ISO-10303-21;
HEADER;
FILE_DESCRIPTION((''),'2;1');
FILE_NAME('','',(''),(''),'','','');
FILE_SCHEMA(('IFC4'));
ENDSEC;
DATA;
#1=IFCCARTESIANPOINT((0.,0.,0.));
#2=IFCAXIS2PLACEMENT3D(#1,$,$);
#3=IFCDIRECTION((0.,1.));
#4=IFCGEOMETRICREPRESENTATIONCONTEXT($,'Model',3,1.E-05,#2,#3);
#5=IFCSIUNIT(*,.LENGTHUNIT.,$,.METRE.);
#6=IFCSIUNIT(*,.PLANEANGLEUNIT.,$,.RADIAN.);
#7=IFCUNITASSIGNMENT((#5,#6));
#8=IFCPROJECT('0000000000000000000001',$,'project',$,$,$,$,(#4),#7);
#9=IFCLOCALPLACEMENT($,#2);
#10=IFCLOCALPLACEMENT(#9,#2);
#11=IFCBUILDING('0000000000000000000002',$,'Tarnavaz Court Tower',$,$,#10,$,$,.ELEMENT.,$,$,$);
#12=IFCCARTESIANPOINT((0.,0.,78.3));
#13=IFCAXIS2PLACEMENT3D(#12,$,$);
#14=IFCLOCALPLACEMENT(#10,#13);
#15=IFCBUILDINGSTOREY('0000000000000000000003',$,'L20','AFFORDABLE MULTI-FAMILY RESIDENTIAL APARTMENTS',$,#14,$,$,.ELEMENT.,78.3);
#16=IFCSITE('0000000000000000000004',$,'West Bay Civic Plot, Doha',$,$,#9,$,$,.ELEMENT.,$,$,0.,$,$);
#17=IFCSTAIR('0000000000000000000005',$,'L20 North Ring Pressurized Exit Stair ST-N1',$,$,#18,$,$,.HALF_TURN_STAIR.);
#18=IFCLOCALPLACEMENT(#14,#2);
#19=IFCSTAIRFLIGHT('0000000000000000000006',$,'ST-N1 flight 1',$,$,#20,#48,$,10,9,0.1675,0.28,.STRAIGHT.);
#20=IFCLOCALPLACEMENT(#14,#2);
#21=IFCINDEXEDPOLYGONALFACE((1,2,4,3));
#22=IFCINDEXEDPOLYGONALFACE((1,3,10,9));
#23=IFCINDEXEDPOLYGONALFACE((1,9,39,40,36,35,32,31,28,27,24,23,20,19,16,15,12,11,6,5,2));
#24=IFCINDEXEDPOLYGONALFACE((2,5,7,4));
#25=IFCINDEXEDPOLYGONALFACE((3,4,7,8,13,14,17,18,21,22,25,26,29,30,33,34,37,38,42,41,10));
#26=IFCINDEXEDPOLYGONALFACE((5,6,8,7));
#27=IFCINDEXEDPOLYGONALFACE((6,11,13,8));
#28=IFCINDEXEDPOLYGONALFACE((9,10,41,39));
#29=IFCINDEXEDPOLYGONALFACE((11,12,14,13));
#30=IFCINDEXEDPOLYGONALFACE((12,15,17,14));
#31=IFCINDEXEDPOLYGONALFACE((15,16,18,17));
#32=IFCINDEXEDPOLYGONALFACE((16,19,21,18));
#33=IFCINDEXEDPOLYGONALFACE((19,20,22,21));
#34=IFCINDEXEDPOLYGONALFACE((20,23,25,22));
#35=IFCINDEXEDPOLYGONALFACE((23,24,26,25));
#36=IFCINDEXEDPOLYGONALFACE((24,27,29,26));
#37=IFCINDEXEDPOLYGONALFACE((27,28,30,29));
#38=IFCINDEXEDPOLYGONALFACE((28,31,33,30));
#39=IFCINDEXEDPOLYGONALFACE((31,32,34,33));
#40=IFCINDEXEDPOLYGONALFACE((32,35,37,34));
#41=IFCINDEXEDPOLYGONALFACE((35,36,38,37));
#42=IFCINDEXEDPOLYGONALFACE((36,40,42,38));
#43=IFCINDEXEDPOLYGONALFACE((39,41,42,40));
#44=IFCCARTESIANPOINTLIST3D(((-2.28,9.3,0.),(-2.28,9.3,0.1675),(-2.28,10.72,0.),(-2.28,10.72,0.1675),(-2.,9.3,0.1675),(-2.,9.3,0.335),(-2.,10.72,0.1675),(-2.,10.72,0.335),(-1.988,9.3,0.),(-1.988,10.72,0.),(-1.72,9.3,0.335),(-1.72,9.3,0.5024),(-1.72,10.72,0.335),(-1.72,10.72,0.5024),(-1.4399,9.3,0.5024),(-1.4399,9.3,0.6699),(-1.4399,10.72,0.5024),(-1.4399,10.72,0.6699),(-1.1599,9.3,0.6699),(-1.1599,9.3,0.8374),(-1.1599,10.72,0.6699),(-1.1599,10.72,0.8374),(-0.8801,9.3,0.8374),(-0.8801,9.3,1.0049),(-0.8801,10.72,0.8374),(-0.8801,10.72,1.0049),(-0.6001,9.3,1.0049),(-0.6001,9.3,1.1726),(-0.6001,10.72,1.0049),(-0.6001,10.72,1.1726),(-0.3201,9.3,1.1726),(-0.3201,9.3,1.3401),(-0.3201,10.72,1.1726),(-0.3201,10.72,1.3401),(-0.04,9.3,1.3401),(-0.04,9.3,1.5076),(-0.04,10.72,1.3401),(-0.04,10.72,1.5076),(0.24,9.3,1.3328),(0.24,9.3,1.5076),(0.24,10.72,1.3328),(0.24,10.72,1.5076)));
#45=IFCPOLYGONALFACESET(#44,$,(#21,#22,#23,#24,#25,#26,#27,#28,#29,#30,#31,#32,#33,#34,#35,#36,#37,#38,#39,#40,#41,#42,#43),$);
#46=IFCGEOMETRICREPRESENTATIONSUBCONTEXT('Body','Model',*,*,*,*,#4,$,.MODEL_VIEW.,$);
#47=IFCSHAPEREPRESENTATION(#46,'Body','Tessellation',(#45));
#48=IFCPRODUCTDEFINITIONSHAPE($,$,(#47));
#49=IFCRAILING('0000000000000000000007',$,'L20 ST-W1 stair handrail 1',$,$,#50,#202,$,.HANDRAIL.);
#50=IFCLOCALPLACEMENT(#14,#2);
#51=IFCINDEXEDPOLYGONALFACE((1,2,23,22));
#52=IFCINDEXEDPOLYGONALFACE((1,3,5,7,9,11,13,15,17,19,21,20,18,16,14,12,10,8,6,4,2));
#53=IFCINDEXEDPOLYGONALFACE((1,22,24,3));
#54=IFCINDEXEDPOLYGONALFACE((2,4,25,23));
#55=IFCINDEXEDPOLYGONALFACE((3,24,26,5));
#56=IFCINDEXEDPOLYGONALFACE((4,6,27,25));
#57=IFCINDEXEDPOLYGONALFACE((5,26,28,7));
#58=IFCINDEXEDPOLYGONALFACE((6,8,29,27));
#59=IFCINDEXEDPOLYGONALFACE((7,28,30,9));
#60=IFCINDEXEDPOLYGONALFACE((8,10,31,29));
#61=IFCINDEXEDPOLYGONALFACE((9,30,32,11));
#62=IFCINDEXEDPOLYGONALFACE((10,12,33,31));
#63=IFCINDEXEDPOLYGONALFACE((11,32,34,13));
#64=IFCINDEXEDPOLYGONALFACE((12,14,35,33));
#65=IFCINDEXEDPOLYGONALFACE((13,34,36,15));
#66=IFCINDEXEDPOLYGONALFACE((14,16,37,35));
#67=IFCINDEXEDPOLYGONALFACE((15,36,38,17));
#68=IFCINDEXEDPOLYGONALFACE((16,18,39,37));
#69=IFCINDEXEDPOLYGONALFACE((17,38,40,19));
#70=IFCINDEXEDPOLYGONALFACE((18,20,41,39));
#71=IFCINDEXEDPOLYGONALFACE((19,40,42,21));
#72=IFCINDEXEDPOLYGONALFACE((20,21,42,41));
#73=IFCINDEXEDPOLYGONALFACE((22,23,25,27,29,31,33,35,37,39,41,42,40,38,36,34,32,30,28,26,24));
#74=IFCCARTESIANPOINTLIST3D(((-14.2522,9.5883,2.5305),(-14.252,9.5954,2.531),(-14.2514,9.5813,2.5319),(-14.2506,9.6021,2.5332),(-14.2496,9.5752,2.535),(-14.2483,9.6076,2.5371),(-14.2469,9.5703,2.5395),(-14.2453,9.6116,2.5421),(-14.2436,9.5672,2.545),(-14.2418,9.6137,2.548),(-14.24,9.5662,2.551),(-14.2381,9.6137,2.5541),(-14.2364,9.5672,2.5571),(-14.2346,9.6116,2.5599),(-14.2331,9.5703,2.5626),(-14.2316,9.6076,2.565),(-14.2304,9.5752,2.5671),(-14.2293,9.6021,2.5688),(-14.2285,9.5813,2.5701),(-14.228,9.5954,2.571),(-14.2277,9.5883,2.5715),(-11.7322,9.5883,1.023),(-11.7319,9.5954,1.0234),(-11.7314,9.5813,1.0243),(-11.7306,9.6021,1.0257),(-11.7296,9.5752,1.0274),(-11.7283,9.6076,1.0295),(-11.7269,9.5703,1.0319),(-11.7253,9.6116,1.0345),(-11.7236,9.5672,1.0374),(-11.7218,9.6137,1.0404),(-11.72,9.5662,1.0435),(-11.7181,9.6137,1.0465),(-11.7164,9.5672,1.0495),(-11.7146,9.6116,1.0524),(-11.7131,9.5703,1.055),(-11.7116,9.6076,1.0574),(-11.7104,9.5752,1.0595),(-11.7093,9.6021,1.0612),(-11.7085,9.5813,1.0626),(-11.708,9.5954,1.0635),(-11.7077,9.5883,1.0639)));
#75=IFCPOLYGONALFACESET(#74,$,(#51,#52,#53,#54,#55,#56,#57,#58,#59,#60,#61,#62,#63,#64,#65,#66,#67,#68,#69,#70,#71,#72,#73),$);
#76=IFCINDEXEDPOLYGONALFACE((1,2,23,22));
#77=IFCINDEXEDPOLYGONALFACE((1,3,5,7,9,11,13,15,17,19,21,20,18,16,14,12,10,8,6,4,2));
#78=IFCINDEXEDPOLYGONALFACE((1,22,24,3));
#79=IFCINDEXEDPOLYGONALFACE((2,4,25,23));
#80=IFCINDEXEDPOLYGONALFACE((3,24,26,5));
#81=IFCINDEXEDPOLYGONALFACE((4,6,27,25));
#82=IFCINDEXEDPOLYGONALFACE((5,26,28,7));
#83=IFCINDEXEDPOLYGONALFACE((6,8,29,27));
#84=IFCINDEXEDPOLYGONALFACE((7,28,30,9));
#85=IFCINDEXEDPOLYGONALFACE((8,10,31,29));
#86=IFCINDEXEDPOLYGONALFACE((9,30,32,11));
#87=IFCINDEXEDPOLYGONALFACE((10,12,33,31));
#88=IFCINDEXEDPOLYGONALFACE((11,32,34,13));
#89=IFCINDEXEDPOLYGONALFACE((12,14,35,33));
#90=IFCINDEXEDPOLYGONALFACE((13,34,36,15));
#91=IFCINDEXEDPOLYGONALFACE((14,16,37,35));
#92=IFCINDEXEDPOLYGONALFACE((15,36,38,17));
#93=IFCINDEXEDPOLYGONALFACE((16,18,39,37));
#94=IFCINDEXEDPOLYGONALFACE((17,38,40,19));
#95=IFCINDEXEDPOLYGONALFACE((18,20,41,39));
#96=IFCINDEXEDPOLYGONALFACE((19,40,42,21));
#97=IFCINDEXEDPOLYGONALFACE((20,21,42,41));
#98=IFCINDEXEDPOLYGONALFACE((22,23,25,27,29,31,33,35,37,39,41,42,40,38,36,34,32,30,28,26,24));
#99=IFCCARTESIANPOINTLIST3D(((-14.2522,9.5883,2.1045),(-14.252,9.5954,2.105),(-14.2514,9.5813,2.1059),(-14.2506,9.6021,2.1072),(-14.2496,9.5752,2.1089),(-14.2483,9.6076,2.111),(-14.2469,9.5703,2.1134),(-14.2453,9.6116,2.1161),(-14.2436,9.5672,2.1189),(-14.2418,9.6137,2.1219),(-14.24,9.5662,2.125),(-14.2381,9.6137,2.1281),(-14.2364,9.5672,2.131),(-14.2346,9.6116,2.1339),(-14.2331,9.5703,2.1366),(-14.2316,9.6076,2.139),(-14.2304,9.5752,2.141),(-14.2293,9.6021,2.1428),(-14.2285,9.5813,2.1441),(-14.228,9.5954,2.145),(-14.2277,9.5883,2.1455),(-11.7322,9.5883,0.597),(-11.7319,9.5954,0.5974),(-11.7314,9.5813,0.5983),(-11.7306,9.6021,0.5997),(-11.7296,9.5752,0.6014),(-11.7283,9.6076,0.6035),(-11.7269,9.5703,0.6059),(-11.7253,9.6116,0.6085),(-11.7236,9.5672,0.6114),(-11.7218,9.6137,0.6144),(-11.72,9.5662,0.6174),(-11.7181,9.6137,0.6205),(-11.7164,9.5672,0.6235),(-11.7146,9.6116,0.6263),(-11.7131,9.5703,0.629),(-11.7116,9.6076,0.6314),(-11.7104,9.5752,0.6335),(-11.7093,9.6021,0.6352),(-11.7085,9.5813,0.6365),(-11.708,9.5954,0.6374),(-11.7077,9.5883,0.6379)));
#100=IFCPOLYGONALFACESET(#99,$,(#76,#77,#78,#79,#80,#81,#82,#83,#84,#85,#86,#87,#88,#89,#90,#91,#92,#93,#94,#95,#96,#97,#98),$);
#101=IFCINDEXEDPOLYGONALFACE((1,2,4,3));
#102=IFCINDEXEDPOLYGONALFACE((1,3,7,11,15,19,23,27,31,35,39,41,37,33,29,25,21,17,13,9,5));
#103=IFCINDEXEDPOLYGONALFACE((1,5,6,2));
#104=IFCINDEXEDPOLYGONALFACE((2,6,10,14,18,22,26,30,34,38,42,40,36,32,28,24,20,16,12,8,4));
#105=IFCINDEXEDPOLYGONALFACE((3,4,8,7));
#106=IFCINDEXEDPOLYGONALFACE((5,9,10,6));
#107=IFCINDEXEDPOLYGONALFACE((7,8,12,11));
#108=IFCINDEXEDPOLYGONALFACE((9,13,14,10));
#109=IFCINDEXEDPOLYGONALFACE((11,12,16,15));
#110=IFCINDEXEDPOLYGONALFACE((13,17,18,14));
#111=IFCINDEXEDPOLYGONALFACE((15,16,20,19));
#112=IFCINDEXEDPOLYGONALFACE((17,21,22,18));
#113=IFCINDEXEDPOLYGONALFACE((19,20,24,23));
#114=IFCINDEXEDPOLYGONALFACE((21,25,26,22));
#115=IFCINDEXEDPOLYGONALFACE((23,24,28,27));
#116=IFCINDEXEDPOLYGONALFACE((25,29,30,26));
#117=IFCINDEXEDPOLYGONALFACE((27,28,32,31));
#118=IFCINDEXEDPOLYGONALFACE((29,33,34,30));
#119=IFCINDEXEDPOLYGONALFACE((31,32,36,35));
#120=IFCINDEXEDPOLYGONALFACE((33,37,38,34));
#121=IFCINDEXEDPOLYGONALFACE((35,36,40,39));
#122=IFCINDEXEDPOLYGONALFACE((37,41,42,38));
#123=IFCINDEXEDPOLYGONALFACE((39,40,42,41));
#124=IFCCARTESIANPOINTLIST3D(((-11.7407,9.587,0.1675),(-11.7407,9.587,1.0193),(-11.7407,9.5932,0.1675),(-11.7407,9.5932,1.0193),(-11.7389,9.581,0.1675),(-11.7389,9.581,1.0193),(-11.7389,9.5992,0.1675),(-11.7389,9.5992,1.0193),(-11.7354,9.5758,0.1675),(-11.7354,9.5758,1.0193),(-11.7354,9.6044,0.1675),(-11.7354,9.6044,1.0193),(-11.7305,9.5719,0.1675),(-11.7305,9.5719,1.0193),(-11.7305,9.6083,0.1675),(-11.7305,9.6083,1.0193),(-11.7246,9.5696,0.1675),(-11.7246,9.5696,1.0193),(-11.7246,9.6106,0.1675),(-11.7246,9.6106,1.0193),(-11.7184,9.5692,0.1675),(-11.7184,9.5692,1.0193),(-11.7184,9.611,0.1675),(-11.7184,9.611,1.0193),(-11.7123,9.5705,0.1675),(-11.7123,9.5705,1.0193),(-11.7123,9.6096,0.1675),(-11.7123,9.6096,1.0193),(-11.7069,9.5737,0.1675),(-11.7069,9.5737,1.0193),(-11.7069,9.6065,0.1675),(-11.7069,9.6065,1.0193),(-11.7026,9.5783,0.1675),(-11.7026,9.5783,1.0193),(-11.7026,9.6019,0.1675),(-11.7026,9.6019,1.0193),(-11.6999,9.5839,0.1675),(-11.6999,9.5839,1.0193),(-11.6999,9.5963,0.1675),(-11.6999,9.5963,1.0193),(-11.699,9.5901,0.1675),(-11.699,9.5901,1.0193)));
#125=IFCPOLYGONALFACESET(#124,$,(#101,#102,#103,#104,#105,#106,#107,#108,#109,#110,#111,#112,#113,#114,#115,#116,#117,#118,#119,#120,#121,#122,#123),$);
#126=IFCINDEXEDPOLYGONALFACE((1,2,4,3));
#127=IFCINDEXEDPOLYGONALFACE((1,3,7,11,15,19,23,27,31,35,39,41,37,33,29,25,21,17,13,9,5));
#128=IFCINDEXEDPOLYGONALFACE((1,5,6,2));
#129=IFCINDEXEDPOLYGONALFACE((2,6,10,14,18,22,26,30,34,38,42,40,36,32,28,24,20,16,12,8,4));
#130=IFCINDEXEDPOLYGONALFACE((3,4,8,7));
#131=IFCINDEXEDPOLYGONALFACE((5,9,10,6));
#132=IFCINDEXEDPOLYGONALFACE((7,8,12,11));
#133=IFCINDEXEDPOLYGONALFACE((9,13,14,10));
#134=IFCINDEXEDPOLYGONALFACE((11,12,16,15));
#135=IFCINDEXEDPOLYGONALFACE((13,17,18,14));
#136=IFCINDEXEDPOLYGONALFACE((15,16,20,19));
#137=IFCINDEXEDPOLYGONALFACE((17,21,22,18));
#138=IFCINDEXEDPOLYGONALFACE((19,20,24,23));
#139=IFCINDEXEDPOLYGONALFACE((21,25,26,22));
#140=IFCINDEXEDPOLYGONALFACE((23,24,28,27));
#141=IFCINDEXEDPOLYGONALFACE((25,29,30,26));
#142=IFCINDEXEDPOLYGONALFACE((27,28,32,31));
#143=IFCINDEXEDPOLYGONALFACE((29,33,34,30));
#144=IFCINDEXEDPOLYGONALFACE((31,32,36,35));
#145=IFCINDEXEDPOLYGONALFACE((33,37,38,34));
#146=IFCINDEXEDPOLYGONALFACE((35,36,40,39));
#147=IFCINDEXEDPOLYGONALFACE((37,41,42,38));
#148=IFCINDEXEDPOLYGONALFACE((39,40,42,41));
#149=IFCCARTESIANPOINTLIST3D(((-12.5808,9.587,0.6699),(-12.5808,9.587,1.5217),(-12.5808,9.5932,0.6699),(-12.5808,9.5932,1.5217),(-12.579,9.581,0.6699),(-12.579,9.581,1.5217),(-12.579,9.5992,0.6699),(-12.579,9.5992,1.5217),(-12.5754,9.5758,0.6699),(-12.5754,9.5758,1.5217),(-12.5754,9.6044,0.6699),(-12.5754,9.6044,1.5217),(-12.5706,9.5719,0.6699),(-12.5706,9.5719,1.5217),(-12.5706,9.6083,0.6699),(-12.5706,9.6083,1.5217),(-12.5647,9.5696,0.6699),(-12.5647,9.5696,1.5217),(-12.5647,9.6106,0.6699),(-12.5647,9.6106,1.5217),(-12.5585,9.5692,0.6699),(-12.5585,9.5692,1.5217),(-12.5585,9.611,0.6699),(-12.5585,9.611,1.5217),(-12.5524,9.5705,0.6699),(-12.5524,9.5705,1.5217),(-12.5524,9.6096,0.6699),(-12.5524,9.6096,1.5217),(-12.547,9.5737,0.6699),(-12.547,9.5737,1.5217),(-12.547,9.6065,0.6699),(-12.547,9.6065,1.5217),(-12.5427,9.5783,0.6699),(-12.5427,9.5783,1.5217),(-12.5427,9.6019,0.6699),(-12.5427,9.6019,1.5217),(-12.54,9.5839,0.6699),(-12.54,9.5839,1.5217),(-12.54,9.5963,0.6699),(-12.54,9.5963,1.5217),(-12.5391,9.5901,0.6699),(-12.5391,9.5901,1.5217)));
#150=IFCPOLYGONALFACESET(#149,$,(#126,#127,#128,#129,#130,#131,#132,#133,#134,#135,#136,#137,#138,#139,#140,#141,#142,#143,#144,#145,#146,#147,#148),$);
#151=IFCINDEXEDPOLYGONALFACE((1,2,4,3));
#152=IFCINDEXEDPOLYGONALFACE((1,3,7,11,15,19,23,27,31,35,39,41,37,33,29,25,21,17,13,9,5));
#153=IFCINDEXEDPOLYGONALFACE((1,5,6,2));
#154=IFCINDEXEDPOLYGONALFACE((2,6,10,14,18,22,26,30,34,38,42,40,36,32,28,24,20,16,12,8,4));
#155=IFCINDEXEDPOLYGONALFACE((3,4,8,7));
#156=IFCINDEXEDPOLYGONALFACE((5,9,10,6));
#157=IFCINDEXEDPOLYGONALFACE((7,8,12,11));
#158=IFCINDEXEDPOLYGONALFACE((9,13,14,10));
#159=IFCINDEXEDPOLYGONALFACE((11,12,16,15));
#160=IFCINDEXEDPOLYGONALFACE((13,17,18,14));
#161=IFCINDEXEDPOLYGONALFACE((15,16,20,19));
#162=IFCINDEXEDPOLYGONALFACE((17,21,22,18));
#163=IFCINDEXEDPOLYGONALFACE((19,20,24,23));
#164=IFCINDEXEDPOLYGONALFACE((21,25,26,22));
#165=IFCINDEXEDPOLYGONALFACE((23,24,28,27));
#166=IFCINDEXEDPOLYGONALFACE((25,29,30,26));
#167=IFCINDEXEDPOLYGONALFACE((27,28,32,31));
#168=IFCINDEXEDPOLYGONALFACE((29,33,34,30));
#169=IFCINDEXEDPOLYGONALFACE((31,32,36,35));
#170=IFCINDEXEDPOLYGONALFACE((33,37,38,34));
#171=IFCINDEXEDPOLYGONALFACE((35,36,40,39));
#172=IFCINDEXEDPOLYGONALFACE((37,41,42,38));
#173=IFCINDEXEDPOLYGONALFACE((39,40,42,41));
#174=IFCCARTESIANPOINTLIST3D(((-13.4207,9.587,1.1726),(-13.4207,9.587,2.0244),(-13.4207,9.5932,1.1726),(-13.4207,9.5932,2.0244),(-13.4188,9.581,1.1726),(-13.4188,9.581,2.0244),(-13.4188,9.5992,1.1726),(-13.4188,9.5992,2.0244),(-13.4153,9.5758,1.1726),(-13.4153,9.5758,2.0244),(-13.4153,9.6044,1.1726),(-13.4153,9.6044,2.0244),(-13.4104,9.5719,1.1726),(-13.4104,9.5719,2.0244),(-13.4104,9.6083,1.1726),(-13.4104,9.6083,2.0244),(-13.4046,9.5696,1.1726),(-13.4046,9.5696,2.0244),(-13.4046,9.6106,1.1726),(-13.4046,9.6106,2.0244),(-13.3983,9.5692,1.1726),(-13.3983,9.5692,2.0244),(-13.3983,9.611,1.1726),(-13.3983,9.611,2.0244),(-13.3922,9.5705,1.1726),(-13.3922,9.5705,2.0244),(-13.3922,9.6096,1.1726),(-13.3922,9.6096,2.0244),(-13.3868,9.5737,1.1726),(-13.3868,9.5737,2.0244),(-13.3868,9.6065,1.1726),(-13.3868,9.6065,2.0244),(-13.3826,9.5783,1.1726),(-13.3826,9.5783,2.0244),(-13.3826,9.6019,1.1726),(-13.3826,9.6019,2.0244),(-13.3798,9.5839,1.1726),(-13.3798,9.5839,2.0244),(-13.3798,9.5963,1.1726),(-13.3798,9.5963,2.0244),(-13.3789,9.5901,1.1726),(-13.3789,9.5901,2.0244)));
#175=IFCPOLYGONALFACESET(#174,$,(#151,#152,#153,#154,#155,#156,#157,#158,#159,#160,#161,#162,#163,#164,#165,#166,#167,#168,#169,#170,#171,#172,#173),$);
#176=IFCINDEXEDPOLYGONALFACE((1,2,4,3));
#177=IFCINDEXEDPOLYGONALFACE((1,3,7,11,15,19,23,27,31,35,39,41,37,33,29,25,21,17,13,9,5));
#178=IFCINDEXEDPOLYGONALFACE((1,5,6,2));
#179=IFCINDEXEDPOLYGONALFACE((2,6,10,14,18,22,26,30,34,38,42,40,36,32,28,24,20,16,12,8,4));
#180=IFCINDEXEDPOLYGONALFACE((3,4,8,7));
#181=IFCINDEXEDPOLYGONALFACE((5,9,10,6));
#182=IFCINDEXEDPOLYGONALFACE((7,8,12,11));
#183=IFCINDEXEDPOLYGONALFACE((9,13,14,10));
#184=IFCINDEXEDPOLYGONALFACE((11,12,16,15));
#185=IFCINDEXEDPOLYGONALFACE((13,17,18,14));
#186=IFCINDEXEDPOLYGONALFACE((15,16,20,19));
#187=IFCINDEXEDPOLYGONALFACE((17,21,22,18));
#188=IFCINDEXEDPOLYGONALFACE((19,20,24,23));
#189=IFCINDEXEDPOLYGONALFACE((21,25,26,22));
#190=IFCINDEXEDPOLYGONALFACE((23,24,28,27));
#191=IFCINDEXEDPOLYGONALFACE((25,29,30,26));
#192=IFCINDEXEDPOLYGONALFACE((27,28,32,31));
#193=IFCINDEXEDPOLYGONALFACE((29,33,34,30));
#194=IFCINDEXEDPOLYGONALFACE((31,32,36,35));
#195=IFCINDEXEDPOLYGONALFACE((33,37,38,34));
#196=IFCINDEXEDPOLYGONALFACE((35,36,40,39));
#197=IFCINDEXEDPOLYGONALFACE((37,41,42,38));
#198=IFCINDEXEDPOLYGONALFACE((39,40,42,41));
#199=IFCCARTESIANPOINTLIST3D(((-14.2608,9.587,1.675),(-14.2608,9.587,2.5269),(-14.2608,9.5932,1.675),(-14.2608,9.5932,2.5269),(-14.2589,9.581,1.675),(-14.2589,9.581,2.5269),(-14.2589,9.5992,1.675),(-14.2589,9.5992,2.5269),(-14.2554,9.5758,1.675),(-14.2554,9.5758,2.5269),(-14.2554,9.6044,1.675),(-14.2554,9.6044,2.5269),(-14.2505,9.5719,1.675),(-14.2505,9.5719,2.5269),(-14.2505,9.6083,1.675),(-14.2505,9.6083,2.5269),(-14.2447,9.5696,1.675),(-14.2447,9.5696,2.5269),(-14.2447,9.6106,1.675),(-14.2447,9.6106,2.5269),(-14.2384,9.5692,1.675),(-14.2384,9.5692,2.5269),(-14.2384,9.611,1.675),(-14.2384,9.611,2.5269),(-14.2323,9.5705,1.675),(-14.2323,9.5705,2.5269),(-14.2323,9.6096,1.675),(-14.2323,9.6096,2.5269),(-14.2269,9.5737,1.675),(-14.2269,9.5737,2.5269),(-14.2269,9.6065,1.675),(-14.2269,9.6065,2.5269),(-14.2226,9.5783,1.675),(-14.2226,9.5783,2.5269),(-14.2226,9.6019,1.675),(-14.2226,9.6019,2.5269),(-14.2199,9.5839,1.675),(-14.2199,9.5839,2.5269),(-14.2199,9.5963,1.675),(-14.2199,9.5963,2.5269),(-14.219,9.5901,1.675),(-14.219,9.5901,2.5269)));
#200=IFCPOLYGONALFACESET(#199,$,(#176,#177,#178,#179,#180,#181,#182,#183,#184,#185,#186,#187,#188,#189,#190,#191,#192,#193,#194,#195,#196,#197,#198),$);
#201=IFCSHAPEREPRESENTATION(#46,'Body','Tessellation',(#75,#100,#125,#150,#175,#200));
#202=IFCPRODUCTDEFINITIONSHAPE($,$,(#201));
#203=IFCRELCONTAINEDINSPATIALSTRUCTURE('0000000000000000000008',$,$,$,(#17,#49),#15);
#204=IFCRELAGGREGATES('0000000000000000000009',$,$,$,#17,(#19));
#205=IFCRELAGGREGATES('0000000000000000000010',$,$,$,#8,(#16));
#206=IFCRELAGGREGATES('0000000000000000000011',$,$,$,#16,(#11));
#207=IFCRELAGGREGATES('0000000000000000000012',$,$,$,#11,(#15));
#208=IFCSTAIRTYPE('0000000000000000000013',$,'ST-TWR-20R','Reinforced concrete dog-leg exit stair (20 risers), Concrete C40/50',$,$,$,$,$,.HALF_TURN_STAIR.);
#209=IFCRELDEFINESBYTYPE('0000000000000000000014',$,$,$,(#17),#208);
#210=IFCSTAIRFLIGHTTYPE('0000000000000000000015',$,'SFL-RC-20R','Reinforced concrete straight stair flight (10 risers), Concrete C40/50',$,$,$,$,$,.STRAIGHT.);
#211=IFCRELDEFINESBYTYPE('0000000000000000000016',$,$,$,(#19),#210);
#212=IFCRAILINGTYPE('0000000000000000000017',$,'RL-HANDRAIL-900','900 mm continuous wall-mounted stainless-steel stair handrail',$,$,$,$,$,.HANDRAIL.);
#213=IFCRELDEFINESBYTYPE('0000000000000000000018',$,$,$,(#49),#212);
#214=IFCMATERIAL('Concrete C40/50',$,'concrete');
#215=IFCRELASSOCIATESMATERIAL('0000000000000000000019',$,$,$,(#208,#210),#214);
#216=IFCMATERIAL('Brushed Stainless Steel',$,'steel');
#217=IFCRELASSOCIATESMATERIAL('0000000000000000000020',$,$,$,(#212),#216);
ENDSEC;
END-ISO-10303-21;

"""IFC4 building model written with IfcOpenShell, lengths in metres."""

from ifc_helpers import new_model, si_unit, direction, frame, origin, origin_2d, place, context, subcontext, project, spatial, polyline, circle, outline, extrude, material, type_object, element, aggregate, save


model = new_model("IFC4")

# Units and contexts
model_context = context("Model", 3, precision=1e-05, world=origin(), true_north=direction((0.0, 1.0)))
body_context = subcontext(model_context, "Body", "Model", "MODEL_VIEW")
ifc_project = project(units=[si_unit("LENGTHUNIT", "METRE"), si_unit("PLANEANGLEUNIT", "RADIAN")], contexts=[model_context])

# Site, building, storey
site_placement = place(None, origin())
site = spatial("IfcSite", under=ifc_project, at=site_placement, Name="West Bay Civic Plot, Doha", CompositionType="ELEMENT", RefElevation=0.0)
building_placement = place(site_placement, origin())
building = spatial("IfcBuilding", under=site, at=building_placement, Name="Tarnavaz Court Tower", CompositionType="ELEMENT")
storey_placement = place(building_placement, frame((0.0, 0.0, 78.3)))
storey = spatial("IfcBuildingStorey", under=building, at=storey_placement, Name="L20", Description="AFFORDABLE MULTI-FAMILY RESIDENTIAL APARTMENTS", CompositionType="ELEMENT", Elevation=78.3)

# Stair, stair flight
ifc_material_1 = material(Name="Concrete C40/50", Category="concrete")
stair_type = type_object("IfcStairType", Name="ST-TWR-20R", Description="Reinforced concrete dog-leg exit stair (20 risers), Concrete C40/50", PredefinedType="HALF_TURN_STAIR", material=ifc_material_1)
stair_flight_type = type_object("IfcStairFlightType", Name="SFL-RC-20R", Description="Reinforced concrete straight stair flight (10 risers), Concrete C40/50", PredefinedType="STRAIGHT", material=ifc_material_1)
stair_1_placement = place(storey_placement, origin())
stair_1 = element("IfcStair", 1, at=stair_1_placement, inside=storey, type_object=stair_type, Name="L20 North Ring Pressurized Exit Stair ST-N1", PredefinedType="HALF_TURN_STAIR")
stair_flight_1_placement = place(storey_placement, frame((-2.28, 10.01, 0.0), z_axis=(0.0, 0.0, 1.0), x_axis=(1.0, 0.0, 0.0)))
stair_flight_1 = element("IfcStairFlight", 2, at=stair_flight_1_placement, type_object=stair_flight_type, Name="ST-N1 flight 1", NumberOfRisers=10, NumberOfTreads=9, PredefinedType="STRAIGHT", RiserHeight=0.1675, TreadLength=0.28, context=body_context, shape_type="SweptSolid", body=[
    extrude(outline(polyline([(0.0, 0.0), (0.0, 0.1675), (0.28, 0.1675), (0.28, 0.335), (0.5601, 0.335), (0.5601, 0.5024), (0.8401, 0.5024), (0.8401, 0.6699), (1.1201, 0.6699), (1.1201, 0.8374), (1.3999, 0.8374), (1.3999, 1.0049), (1.6799, 1.0049), (1.6799, 1.1726), (1.96, 1.1726), (1.96, 1.3401), (2.24, 1.3401), (2.24, 1.5076), (2.52, 1.5076), (2.52, 1.675), (2.52, 1.3328), (0.292, 0.0), (0.0, 0.0)])), frame((0.0, 0.71, 0.0), z_axis=(0.0, -1.0, 0.0), x_axis=(1.0, 0.0, 0.0)), (0.0, 0.0, 1.0), 1.4199),
])
aggregate(stair_1, [stair_flight_1])

# Railing
ifc_material_2 = material(Name="Brushed Stainless Steel", Category="steel")
railing_type_1 = type_object("IfcRailingType", Name="RL-HANDRAIL-900", Description="900 mm continuous wall-mounted stainless-steel stair handrail", PredefinedType="HANDRAIL", material=ifc_material_2)
railing_1_placement = place(storey_placement, frame((-11.72, 9.5901, 0.1675)))
element("IfcRailing", 3, at=railing_1_placement, inside=storey, type_object=railing_type_1, Name="L20 ST-W1 stair handrail 1", PredefinedType="HANDRAIL", context=body_context, shape_type="SweptSolid", body=[
    extrude(circle(Radius=0.0239, at=origin_2d()), frame((0.0, 0.0, 0.876), z_axis=(-0.85816, 0.0, 0.513383), x_axis=(0.0, -1.0, 0.0)), (0.0, 0.0, 1.0), 2.9365),
    extrude(circle(Radius=0.0239, at=origin_2d()), frame((0.0, 0.0, 0.45), z_axis=(-0.85816, 0.0, 0.513383), x_axis=(0.0, -1.0, 0.0)), (0.0, 0.0, 1.0), 2.9365),
    extrude(circle(Radius=0.021, at=origin_2d()), origin(), (0.0, 0.0, 1.0), 0.8518),
    extrude(circle(Radius=0.021, at=origin_2d()), frame((-0.8401, 0.0, 0.5024)), (0.0, 0.0, 1.0), 0.8518),
    extrude(circle(Radius=0.021, at=origin_2d()), frame((-1.6799, 0.0, 1.0051)), (0.0, 0.0, 1.0), 0.8518),
    extrude(circle(Radius=0.021, at=origin_2d()), frame((-2.52, 0.0, 1.5076)), (0.0, 0.0, 1.0), 0.8518),
])

save(model, "model.ifc")
